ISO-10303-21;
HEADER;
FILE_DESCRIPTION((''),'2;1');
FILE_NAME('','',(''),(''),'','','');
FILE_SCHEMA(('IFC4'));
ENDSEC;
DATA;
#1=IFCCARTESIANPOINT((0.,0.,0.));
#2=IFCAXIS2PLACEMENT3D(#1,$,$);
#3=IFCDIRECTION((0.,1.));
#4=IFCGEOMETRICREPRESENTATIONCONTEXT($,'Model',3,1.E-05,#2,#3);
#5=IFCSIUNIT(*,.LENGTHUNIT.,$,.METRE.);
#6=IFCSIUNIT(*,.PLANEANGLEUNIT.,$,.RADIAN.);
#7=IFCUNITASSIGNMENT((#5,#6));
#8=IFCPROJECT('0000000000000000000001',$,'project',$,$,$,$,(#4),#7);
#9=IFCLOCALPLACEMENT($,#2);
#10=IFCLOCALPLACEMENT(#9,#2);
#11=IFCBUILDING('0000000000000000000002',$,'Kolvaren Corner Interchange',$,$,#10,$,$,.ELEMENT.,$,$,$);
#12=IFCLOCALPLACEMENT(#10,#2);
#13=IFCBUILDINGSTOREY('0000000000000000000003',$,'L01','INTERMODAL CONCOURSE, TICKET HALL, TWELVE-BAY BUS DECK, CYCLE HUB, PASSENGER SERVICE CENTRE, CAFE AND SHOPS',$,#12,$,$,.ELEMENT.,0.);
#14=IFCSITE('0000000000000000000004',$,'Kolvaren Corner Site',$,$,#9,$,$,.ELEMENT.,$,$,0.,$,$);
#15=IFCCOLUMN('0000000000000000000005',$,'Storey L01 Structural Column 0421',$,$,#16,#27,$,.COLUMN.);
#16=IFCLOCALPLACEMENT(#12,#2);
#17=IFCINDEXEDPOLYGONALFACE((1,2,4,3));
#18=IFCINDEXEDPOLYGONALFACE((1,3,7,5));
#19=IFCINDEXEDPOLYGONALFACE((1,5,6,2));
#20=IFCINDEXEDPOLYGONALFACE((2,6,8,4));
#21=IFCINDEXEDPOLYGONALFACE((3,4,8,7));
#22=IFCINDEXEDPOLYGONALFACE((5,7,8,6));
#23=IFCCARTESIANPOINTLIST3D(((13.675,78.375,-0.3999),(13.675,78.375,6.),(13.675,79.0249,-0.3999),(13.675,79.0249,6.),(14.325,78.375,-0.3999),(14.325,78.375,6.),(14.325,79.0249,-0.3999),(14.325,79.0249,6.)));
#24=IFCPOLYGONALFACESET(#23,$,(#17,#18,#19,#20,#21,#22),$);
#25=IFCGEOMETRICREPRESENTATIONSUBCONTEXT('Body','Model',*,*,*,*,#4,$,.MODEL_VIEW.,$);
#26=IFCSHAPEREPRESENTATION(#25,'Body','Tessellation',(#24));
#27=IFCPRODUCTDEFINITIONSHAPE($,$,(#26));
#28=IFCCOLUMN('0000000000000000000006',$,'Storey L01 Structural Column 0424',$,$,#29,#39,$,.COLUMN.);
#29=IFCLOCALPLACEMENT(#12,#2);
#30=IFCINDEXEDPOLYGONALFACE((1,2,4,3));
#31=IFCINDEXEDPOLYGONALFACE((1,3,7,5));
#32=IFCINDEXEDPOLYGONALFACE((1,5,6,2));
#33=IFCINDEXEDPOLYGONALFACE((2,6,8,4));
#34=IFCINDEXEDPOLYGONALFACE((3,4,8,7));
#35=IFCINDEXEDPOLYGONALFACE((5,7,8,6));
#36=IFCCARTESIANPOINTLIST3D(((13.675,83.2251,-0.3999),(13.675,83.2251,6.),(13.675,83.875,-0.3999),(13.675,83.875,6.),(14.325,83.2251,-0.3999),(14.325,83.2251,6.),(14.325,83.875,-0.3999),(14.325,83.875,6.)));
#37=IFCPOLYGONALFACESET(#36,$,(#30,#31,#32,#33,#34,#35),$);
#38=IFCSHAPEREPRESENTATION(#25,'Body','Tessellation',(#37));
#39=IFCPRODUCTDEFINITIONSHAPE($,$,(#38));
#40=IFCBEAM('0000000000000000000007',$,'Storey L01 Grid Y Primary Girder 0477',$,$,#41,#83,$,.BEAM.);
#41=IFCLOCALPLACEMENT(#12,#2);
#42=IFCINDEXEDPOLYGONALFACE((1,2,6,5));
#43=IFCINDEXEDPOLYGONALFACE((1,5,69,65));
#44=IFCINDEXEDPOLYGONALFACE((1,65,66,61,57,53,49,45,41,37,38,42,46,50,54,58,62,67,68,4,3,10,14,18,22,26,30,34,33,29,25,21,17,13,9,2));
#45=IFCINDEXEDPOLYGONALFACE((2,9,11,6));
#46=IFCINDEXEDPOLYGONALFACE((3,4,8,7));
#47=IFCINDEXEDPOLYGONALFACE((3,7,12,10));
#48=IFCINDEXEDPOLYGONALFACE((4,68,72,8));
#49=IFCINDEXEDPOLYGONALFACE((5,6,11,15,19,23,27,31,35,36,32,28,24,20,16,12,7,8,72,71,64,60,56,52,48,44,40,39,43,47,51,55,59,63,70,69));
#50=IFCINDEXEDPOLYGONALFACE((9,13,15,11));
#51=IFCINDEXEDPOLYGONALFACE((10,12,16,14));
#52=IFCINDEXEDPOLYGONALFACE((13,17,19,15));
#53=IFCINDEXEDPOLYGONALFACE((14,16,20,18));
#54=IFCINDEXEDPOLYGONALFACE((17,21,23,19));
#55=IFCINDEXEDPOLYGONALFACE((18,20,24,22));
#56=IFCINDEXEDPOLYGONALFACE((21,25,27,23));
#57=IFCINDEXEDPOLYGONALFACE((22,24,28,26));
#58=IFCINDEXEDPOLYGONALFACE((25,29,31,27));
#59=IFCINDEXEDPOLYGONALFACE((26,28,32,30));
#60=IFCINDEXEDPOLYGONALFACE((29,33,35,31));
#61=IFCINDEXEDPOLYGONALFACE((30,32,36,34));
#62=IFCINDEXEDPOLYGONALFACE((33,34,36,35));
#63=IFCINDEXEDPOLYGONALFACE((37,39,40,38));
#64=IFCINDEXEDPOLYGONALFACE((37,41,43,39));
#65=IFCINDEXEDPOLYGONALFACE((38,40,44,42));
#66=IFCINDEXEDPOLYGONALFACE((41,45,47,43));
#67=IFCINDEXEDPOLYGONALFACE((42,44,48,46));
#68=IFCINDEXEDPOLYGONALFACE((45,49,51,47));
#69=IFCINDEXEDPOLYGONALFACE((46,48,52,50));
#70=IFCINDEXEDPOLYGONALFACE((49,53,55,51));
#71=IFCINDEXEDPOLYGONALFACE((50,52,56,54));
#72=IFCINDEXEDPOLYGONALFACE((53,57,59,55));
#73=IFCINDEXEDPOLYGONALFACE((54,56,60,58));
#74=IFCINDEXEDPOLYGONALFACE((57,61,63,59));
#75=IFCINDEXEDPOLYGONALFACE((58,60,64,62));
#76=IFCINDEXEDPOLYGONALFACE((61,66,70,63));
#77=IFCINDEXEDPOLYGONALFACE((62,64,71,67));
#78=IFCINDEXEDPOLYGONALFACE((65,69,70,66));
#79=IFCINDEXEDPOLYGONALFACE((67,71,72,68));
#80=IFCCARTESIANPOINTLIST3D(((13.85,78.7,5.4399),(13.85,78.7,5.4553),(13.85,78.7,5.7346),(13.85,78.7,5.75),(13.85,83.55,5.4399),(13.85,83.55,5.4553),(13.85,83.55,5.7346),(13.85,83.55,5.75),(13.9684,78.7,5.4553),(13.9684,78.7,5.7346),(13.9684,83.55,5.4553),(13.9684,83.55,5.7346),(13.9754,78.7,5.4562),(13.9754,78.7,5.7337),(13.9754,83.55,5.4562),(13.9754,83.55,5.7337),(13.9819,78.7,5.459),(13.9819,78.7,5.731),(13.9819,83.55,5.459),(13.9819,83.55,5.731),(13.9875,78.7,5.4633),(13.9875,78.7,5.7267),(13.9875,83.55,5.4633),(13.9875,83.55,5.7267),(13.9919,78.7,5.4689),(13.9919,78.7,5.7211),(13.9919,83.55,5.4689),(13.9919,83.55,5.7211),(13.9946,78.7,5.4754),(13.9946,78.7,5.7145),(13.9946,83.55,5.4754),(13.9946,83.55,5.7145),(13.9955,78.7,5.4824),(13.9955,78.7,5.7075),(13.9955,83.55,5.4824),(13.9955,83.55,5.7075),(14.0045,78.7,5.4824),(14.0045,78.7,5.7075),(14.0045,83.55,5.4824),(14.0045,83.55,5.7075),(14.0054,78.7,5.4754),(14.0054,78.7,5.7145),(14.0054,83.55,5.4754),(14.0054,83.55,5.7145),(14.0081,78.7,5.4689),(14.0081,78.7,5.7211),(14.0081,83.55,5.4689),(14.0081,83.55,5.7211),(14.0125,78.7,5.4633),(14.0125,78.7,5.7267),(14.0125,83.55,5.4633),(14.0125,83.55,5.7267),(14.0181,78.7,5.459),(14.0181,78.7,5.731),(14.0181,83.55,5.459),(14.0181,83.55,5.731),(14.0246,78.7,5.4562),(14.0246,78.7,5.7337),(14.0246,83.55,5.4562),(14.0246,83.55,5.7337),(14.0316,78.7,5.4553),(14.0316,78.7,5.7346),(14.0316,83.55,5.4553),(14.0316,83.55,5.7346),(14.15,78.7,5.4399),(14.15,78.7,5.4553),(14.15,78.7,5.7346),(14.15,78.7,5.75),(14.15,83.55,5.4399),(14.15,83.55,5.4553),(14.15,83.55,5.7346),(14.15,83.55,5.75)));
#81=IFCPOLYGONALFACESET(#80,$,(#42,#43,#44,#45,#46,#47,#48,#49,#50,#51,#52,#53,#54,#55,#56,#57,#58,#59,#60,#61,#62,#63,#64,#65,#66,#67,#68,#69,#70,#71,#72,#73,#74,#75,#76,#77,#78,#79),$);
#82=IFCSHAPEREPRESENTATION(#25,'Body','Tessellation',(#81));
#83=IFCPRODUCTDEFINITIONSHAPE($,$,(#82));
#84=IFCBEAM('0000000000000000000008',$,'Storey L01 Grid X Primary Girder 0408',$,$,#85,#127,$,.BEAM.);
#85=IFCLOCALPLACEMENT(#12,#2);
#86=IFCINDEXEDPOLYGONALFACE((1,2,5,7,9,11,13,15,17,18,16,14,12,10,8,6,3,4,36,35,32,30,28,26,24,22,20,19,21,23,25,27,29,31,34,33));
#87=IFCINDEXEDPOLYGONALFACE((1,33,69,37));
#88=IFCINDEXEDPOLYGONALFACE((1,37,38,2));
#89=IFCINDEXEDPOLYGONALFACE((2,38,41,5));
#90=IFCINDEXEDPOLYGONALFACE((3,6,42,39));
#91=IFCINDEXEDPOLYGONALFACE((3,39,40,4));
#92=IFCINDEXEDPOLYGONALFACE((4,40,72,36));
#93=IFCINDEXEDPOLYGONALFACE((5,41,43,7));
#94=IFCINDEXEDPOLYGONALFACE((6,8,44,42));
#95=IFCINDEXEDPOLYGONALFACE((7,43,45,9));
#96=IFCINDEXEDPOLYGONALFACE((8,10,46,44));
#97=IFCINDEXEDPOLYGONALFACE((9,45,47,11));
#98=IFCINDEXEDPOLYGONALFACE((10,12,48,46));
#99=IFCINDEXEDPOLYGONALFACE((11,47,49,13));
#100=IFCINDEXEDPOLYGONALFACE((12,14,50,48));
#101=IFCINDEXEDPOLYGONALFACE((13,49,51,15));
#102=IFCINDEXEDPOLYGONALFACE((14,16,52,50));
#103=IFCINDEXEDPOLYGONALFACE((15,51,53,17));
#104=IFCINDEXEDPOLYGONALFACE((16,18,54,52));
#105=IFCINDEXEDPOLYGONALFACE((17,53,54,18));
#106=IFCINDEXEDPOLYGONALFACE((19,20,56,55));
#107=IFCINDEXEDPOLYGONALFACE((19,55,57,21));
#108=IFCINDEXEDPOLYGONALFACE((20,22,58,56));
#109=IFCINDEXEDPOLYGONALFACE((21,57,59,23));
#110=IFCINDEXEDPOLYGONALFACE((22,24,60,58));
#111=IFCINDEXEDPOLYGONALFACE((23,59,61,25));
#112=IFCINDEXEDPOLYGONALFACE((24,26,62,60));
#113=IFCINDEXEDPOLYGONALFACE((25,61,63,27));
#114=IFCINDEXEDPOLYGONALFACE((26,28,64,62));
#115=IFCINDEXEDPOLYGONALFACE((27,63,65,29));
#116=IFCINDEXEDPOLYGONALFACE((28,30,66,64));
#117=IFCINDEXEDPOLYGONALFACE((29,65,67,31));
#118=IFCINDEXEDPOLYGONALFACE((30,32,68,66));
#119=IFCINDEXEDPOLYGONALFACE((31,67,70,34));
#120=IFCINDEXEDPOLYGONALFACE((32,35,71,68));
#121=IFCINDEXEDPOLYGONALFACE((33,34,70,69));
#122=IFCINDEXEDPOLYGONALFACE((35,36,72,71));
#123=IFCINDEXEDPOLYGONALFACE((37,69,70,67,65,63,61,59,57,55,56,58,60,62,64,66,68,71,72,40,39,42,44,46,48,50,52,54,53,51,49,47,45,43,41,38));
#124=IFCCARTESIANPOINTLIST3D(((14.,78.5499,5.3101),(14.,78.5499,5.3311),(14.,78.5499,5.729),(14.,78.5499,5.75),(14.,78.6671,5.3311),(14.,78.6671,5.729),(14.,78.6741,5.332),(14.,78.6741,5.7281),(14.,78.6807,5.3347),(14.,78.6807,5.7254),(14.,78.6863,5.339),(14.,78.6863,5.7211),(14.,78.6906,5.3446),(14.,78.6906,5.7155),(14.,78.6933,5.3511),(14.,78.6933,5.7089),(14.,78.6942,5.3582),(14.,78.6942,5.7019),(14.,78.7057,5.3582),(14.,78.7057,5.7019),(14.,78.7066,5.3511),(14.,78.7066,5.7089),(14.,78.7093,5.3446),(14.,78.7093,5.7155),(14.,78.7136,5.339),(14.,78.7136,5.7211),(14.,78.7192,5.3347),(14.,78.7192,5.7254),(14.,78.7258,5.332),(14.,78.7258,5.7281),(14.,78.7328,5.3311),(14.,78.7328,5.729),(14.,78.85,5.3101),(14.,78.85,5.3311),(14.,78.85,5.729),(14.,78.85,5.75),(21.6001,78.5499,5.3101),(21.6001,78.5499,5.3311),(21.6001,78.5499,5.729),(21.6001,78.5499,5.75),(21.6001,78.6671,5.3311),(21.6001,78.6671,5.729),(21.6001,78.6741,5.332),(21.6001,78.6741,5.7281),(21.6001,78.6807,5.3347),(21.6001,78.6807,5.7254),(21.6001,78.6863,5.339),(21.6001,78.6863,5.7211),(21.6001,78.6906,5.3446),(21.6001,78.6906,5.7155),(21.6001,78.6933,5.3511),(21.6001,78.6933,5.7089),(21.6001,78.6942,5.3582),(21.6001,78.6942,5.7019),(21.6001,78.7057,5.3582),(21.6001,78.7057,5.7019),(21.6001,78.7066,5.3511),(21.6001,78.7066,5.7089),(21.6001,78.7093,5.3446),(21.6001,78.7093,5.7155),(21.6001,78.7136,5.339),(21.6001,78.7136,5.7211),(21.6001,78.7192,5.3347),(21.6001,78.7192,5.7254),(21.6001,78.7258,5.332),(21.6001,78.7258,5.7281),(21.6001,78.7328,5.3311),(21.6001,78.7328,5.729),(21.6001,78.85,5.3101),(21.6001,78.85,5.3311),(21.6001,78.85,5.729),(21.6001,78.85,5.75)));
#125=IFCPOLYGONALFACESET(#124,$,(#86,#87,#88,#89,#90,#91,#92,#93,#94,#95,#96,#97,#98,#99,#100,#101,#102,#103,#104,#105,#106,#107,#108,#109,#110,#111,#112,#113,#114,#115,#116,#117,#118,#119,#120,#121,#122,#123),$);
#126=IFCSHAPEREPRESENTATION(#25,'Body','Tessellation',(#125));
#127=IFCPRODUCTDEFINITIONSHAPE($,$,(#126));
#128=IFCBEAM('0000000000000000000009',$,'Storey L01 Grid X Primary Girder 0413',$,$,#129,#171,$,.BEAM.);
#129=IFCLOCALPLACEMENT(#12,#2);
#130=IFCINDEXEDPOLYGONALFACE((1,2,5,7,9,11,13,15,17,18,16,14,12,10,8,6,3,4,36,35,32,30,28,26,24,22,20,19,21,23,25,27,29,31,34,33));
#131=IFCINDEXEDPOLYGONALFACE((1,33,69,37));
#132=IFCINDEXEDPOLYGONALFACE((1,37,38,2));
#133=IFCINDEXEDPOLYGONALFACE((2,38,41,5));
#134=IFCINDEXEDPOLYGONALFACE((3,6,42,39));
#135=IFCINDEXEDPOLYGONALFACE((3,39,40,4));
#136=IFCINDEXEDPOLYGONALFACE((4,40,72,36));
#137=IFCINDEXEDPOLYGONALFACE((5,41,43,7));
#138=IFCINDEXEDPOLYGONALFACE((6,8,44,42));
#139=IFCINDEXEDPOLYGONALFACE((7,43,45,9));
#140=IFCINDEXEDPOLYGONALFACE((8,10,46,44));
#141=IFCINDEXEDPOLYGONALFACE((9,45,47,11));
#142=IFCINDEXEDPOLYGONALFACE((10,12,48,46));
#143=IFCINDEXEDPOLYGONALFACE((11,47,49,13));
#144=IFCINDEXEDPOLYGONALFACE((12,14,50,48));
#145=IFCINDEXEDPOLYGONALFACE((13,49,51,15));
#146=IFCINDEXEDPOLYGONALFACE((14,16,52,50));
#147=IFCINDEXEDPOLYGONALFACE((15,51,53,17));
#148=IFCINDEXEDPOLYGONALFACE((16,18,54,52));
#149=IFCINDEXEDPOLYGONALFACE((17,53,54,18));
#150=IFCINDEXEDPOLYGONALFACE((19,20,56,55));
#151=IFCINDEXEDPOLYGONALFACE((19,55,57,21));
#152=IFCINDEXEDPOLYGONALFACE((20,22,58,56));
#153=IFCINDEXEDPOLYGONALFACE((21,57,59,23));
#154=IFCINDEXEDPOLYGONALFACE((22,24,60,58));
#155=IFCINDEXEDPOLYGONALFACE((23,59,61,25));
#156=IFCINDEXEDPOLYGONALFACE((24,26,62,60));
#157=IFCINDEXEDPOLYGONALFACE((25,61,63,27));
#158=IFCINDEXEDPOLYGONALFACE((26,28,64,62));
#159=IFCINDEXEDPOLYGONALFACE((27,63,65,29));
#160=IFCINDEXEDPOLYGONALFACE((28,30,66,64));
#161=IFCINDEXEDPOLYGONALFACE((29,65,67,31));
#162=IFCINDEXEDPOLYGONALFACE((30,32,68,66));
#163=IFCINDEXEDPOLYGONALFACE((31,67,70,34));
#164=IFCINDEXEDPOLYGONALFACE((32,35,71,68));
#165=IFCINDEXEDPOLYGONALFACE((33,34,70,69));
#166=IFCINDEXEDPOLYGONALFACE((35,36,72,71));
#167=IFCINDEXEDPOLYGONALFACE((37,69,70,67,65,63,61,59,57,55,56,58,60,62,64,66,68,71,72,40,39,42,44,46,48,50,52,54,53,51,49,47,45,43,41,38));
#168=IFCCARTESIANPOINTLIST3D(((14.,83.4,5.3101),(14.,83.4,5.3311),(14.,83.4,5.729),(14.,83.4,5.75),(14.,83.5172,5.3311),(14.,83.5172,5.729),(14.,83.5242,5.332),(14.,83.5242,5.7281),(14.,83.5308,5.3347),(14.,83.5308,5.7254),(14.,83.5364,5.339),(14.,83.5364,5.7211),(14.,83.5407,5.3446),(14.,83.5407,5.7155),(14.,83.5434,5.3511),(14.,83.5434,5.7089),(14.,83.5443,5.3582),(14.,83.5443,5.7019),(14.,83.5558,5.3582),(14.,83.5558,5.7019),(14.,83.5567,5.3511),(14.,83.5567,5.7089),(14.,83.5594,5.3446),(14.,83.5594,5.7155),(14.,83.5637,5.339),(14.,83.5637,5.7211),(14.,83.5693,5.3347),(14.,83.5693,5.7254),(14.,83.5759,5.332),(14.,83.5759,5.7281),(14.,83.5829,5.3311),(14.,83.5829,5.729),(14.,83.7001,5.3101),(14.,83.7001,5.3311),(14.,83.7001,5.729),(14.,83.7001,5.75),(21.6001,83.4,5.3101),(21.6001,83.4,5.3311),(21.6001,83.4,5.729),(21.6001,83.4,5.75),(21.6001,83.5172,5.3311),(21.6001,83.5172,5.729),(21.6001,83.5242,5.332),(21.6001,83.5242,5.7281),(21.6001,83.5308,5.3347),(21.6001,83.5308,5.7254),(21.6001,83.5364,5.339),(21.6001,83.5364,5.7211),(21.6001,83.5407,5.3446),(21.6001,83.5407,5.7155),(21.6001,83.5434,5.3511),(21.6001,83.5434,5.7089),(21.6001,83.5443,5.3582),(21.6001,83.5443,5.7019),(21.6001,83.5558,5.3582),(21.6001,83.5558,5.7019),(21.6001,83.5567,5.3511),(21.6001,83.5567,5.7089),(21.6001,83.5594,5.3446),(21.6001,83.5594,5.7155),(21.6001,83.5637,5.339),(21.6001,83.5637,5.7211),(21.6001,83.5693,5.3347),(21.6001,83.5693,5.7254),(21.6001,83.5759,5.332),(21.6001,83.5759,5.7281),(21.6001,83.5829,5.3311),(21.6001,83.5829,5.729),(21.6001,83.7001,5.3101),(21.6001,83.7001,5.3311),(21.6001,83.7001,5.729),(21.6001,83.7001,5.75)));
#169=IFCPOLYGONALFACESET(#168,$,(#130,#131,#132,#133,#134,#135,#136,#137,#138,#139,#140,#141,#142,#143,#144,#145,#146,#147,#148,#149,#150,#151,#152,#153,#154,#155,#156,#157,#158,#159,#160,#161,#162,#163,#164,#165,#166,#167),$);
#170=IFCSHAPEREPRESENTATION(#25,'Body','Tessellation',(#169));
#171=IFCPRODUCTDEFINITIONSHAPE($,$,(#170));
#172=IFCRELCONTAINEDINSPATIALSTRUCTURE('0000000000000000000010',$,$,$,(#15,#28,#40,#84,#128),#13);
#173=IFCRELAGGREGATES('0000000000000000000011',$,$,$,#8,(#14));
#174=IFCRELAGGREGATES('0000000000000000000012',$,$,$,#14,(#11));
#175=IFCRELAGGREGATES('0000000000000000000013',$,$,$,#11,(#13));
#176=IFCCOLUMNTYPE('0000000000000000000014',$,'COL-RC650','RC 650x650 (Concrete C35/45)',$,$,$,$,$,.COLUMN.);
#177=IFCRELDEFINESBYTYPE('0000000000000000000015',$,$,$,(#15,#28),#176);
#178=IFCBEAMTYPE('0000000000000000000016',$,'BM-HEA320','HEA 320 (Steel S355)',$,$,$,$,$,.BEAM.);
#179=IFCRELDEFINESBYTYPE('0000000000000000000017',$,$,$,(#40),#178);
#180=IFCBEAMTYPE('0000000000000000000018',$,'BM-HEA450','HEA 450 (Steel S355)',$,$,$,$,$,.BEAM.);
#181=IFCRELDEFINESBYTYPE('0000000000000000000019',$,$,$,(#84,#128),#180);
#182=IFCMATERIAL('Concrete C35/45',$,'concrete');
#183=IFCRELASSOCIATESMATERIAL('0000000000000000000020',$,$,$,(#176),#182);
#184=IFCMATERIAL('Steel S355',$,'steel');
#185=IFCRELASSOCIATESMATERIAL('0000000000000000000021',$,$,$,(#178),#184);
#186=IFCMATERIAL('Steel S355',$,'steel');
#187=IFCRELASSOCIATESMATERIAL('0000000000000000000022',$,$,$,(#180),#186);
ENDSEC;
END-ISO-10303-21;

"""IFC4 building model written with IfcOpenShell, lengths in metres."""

from ifc_helpers import new_model, si_unit, direction, frame, origin, origin_2d, place, context, subcontext, project, spatial, rectangle, i_section, extrude, material, material_profile, profile_set, type_object, element, save


model = new_model("IFC4")

# Units and contexts
model_context = context("Model", 3, precision=1e-05, world=origin(), true_north=direction((0.0, 1.0)))
body_context = subcontext(model_context, "Body", "Model", "MODEL_VIEW")
ifc_project = project(units=[si_unit("LENGTHUNIT", "METRE"), si_unit("PLANEANGLEUNIT", "RADIAN")], contexts=[model_context])

# Site, building, storey
site_placement = place(None, origin())
site = spatial("IfcSite", under=ifc_project, at=site_placement, Name="Kolvaren Corner Site", CompositionType="ELEMENT", RefElevation=0.0)
building_placement = place(site_placement, origin())
building = spatial("IfcBuilding", under=site, at=building_placement, Name="Kolvaren Corner Interchange", CompositionType="ELEMENT")
storey_placement = place(building_placement, origin())
storey = spatial("IfcBuildingStorey", under=building, at=storey_placement, Name="L01", Description="INTERMODAL CONCOURSE, TICKET HALL, TWELVE-BAY BUS DECK, CYCLE HUB, PASSENGER SERVICE CENTRE, CAFE AND SHOPS", CompositionType="ELEMENT", Elevation=0.0)

# Columns
ifc_material_1 = material(Name="Concrete C35/45", Category="concrete")
ifc_material_profile_1 = material_profile(ifc_material_1, rectangle(XDim=0.6499, YDim=0.6499, at=origin_2d()), Name="RC 650x650")
ifc_profile_set_1 = profile_set([ifc_material_profile_1], Name="Concrete C35/45")
column_type = type_object("IfcColumnType", Name="COL-RC650", Description="RC 650x650 (Concrete C35/45)", PredefinedType="COLUMN", material=ifc_profile_set_1)
for number, where, z_axis, x_axis, name in (
    (1, (14.0, 78.7, -0.3999), (0.0, 0.0, 1.0), (1.0, 0.0, 0.0), "Storey L01 Structural Column 0421"),
    (2, (14.0, 83.55, -0.3999), (0.0, 0.0, 1.0), (1.0, 0.0, 0.0), "Storey L01 Structural Column 0424"),
):
    element("IfcColumn", number, at=place(storey_placement, frame(where, z_axis=z_axis, x_axis=x_axis)), inside=storey, type_object=column_type, Name=name, PredefinedType="COLUMN", context=body_context, shape_type="SweptSolid", body=[
        extrude(rectangle(XDim=0.6499, YDim=0.6499, at=origin_2d()), origin(), (0.0, 0.0, 1.0), 6.3999),
    ])

# Beams
ifc_material_2 = material(Name="Steel S355", Category="steel")
ifc_material_profile_2 = material_profile(ifc_material_2, i_section(OverallWidth=0.3, OverallDepth=0.3101, WebThickness=0.009, FlangeThickness=0.0154, FilletRadius=0.0271, at=origin_2d()), Name="HEA 320")
ifc_profile_set_2 = profile_set([ifc_material_profile_2], Name="Steel S355")
beam_type_1 = type_object("IfcBeamType", Name="BM-HEA320", Description="HEA 320 (Steel S355)", PredefinedType="BEAM", material=ifc_profile_set_2)
beam_1_placement = place(storey_placement, frame((14.0, 78.7, 5.595), z_axis=(0.0, 1.0, 0.0), x_axis=(-1.0, 0.0, 0.0)))
element("IfcBeam", 3, at=beam_1_placement, inside=storey, type_object=beam_type_1, Name="Storey L01 Grid Y Primary Girder 0477", PredefinedType="BEAM", context=body_context, shape_type="SweptSolid", body=[
    extrude(i_section(OverallWidth=0.3, OverallDepth=0.3101, WebThickness=0.009, FlangeThickness=0.0154, FilletRadius=0.0271, at=origin_2d()), origin(), (0.0, 0.0, 1.0), 4.8501),
])
ifc_material_3 = material(Name="Steel S355", Category="steel")
ifc_material_profile_3 = material_profile(ifc_material_3, i_section(OverallWidth=0.3, OverallDepth=0.4399, WebThickness=0.0115, FlangeThickness=0.021, FilletRadius=0.0271, at=origin_2d()), Name="HEA 450")
ifc_profile_set_3 = profile_set([ifc_material_profile_3], Name="Steel S355")
beam_type_2 = type_object("IfcBeamType", Name="BM-HEA450", Description="HEA 450 (Steel S355)", PredefinedType="BEAM", material=ifc_profile_set_3)
for number, where, z_axis, x_axis, name in (
    (4, (14.0, 78.7, 5.53), (1.0, 0.0, 0.0), (0.0, 1.0, 0.0), "Storey L01 Grid X Primary Girder 0408"),
    (5, (14.0, 83.55, 5.53), (1.0, 0.0, 0.0), (0.0, 1.0, 0.0), "Storey L01 Grid X Primary Girder 0413"),
):
    element("IfcBeam", number, at=place(storey_placement, frame(where, z_axis=z_axis, x_axis=x_axis)), inside=storey, type_object=beam_type_2, Name=name, PredefinedType="BEAM", context=body_context, shape_type="SweptSolid", body=[
        extrude(i_section(OverallWidth=0.3, OverallDepth=0.4399, WebThickness=0.0115, FlangeThickness=0.021, FilletRadius=0.0271, at=origin_2d()), origin(), (0.0, 0.0, 1.0), 7.6001),
    ])

save(model, "model.ifc")
